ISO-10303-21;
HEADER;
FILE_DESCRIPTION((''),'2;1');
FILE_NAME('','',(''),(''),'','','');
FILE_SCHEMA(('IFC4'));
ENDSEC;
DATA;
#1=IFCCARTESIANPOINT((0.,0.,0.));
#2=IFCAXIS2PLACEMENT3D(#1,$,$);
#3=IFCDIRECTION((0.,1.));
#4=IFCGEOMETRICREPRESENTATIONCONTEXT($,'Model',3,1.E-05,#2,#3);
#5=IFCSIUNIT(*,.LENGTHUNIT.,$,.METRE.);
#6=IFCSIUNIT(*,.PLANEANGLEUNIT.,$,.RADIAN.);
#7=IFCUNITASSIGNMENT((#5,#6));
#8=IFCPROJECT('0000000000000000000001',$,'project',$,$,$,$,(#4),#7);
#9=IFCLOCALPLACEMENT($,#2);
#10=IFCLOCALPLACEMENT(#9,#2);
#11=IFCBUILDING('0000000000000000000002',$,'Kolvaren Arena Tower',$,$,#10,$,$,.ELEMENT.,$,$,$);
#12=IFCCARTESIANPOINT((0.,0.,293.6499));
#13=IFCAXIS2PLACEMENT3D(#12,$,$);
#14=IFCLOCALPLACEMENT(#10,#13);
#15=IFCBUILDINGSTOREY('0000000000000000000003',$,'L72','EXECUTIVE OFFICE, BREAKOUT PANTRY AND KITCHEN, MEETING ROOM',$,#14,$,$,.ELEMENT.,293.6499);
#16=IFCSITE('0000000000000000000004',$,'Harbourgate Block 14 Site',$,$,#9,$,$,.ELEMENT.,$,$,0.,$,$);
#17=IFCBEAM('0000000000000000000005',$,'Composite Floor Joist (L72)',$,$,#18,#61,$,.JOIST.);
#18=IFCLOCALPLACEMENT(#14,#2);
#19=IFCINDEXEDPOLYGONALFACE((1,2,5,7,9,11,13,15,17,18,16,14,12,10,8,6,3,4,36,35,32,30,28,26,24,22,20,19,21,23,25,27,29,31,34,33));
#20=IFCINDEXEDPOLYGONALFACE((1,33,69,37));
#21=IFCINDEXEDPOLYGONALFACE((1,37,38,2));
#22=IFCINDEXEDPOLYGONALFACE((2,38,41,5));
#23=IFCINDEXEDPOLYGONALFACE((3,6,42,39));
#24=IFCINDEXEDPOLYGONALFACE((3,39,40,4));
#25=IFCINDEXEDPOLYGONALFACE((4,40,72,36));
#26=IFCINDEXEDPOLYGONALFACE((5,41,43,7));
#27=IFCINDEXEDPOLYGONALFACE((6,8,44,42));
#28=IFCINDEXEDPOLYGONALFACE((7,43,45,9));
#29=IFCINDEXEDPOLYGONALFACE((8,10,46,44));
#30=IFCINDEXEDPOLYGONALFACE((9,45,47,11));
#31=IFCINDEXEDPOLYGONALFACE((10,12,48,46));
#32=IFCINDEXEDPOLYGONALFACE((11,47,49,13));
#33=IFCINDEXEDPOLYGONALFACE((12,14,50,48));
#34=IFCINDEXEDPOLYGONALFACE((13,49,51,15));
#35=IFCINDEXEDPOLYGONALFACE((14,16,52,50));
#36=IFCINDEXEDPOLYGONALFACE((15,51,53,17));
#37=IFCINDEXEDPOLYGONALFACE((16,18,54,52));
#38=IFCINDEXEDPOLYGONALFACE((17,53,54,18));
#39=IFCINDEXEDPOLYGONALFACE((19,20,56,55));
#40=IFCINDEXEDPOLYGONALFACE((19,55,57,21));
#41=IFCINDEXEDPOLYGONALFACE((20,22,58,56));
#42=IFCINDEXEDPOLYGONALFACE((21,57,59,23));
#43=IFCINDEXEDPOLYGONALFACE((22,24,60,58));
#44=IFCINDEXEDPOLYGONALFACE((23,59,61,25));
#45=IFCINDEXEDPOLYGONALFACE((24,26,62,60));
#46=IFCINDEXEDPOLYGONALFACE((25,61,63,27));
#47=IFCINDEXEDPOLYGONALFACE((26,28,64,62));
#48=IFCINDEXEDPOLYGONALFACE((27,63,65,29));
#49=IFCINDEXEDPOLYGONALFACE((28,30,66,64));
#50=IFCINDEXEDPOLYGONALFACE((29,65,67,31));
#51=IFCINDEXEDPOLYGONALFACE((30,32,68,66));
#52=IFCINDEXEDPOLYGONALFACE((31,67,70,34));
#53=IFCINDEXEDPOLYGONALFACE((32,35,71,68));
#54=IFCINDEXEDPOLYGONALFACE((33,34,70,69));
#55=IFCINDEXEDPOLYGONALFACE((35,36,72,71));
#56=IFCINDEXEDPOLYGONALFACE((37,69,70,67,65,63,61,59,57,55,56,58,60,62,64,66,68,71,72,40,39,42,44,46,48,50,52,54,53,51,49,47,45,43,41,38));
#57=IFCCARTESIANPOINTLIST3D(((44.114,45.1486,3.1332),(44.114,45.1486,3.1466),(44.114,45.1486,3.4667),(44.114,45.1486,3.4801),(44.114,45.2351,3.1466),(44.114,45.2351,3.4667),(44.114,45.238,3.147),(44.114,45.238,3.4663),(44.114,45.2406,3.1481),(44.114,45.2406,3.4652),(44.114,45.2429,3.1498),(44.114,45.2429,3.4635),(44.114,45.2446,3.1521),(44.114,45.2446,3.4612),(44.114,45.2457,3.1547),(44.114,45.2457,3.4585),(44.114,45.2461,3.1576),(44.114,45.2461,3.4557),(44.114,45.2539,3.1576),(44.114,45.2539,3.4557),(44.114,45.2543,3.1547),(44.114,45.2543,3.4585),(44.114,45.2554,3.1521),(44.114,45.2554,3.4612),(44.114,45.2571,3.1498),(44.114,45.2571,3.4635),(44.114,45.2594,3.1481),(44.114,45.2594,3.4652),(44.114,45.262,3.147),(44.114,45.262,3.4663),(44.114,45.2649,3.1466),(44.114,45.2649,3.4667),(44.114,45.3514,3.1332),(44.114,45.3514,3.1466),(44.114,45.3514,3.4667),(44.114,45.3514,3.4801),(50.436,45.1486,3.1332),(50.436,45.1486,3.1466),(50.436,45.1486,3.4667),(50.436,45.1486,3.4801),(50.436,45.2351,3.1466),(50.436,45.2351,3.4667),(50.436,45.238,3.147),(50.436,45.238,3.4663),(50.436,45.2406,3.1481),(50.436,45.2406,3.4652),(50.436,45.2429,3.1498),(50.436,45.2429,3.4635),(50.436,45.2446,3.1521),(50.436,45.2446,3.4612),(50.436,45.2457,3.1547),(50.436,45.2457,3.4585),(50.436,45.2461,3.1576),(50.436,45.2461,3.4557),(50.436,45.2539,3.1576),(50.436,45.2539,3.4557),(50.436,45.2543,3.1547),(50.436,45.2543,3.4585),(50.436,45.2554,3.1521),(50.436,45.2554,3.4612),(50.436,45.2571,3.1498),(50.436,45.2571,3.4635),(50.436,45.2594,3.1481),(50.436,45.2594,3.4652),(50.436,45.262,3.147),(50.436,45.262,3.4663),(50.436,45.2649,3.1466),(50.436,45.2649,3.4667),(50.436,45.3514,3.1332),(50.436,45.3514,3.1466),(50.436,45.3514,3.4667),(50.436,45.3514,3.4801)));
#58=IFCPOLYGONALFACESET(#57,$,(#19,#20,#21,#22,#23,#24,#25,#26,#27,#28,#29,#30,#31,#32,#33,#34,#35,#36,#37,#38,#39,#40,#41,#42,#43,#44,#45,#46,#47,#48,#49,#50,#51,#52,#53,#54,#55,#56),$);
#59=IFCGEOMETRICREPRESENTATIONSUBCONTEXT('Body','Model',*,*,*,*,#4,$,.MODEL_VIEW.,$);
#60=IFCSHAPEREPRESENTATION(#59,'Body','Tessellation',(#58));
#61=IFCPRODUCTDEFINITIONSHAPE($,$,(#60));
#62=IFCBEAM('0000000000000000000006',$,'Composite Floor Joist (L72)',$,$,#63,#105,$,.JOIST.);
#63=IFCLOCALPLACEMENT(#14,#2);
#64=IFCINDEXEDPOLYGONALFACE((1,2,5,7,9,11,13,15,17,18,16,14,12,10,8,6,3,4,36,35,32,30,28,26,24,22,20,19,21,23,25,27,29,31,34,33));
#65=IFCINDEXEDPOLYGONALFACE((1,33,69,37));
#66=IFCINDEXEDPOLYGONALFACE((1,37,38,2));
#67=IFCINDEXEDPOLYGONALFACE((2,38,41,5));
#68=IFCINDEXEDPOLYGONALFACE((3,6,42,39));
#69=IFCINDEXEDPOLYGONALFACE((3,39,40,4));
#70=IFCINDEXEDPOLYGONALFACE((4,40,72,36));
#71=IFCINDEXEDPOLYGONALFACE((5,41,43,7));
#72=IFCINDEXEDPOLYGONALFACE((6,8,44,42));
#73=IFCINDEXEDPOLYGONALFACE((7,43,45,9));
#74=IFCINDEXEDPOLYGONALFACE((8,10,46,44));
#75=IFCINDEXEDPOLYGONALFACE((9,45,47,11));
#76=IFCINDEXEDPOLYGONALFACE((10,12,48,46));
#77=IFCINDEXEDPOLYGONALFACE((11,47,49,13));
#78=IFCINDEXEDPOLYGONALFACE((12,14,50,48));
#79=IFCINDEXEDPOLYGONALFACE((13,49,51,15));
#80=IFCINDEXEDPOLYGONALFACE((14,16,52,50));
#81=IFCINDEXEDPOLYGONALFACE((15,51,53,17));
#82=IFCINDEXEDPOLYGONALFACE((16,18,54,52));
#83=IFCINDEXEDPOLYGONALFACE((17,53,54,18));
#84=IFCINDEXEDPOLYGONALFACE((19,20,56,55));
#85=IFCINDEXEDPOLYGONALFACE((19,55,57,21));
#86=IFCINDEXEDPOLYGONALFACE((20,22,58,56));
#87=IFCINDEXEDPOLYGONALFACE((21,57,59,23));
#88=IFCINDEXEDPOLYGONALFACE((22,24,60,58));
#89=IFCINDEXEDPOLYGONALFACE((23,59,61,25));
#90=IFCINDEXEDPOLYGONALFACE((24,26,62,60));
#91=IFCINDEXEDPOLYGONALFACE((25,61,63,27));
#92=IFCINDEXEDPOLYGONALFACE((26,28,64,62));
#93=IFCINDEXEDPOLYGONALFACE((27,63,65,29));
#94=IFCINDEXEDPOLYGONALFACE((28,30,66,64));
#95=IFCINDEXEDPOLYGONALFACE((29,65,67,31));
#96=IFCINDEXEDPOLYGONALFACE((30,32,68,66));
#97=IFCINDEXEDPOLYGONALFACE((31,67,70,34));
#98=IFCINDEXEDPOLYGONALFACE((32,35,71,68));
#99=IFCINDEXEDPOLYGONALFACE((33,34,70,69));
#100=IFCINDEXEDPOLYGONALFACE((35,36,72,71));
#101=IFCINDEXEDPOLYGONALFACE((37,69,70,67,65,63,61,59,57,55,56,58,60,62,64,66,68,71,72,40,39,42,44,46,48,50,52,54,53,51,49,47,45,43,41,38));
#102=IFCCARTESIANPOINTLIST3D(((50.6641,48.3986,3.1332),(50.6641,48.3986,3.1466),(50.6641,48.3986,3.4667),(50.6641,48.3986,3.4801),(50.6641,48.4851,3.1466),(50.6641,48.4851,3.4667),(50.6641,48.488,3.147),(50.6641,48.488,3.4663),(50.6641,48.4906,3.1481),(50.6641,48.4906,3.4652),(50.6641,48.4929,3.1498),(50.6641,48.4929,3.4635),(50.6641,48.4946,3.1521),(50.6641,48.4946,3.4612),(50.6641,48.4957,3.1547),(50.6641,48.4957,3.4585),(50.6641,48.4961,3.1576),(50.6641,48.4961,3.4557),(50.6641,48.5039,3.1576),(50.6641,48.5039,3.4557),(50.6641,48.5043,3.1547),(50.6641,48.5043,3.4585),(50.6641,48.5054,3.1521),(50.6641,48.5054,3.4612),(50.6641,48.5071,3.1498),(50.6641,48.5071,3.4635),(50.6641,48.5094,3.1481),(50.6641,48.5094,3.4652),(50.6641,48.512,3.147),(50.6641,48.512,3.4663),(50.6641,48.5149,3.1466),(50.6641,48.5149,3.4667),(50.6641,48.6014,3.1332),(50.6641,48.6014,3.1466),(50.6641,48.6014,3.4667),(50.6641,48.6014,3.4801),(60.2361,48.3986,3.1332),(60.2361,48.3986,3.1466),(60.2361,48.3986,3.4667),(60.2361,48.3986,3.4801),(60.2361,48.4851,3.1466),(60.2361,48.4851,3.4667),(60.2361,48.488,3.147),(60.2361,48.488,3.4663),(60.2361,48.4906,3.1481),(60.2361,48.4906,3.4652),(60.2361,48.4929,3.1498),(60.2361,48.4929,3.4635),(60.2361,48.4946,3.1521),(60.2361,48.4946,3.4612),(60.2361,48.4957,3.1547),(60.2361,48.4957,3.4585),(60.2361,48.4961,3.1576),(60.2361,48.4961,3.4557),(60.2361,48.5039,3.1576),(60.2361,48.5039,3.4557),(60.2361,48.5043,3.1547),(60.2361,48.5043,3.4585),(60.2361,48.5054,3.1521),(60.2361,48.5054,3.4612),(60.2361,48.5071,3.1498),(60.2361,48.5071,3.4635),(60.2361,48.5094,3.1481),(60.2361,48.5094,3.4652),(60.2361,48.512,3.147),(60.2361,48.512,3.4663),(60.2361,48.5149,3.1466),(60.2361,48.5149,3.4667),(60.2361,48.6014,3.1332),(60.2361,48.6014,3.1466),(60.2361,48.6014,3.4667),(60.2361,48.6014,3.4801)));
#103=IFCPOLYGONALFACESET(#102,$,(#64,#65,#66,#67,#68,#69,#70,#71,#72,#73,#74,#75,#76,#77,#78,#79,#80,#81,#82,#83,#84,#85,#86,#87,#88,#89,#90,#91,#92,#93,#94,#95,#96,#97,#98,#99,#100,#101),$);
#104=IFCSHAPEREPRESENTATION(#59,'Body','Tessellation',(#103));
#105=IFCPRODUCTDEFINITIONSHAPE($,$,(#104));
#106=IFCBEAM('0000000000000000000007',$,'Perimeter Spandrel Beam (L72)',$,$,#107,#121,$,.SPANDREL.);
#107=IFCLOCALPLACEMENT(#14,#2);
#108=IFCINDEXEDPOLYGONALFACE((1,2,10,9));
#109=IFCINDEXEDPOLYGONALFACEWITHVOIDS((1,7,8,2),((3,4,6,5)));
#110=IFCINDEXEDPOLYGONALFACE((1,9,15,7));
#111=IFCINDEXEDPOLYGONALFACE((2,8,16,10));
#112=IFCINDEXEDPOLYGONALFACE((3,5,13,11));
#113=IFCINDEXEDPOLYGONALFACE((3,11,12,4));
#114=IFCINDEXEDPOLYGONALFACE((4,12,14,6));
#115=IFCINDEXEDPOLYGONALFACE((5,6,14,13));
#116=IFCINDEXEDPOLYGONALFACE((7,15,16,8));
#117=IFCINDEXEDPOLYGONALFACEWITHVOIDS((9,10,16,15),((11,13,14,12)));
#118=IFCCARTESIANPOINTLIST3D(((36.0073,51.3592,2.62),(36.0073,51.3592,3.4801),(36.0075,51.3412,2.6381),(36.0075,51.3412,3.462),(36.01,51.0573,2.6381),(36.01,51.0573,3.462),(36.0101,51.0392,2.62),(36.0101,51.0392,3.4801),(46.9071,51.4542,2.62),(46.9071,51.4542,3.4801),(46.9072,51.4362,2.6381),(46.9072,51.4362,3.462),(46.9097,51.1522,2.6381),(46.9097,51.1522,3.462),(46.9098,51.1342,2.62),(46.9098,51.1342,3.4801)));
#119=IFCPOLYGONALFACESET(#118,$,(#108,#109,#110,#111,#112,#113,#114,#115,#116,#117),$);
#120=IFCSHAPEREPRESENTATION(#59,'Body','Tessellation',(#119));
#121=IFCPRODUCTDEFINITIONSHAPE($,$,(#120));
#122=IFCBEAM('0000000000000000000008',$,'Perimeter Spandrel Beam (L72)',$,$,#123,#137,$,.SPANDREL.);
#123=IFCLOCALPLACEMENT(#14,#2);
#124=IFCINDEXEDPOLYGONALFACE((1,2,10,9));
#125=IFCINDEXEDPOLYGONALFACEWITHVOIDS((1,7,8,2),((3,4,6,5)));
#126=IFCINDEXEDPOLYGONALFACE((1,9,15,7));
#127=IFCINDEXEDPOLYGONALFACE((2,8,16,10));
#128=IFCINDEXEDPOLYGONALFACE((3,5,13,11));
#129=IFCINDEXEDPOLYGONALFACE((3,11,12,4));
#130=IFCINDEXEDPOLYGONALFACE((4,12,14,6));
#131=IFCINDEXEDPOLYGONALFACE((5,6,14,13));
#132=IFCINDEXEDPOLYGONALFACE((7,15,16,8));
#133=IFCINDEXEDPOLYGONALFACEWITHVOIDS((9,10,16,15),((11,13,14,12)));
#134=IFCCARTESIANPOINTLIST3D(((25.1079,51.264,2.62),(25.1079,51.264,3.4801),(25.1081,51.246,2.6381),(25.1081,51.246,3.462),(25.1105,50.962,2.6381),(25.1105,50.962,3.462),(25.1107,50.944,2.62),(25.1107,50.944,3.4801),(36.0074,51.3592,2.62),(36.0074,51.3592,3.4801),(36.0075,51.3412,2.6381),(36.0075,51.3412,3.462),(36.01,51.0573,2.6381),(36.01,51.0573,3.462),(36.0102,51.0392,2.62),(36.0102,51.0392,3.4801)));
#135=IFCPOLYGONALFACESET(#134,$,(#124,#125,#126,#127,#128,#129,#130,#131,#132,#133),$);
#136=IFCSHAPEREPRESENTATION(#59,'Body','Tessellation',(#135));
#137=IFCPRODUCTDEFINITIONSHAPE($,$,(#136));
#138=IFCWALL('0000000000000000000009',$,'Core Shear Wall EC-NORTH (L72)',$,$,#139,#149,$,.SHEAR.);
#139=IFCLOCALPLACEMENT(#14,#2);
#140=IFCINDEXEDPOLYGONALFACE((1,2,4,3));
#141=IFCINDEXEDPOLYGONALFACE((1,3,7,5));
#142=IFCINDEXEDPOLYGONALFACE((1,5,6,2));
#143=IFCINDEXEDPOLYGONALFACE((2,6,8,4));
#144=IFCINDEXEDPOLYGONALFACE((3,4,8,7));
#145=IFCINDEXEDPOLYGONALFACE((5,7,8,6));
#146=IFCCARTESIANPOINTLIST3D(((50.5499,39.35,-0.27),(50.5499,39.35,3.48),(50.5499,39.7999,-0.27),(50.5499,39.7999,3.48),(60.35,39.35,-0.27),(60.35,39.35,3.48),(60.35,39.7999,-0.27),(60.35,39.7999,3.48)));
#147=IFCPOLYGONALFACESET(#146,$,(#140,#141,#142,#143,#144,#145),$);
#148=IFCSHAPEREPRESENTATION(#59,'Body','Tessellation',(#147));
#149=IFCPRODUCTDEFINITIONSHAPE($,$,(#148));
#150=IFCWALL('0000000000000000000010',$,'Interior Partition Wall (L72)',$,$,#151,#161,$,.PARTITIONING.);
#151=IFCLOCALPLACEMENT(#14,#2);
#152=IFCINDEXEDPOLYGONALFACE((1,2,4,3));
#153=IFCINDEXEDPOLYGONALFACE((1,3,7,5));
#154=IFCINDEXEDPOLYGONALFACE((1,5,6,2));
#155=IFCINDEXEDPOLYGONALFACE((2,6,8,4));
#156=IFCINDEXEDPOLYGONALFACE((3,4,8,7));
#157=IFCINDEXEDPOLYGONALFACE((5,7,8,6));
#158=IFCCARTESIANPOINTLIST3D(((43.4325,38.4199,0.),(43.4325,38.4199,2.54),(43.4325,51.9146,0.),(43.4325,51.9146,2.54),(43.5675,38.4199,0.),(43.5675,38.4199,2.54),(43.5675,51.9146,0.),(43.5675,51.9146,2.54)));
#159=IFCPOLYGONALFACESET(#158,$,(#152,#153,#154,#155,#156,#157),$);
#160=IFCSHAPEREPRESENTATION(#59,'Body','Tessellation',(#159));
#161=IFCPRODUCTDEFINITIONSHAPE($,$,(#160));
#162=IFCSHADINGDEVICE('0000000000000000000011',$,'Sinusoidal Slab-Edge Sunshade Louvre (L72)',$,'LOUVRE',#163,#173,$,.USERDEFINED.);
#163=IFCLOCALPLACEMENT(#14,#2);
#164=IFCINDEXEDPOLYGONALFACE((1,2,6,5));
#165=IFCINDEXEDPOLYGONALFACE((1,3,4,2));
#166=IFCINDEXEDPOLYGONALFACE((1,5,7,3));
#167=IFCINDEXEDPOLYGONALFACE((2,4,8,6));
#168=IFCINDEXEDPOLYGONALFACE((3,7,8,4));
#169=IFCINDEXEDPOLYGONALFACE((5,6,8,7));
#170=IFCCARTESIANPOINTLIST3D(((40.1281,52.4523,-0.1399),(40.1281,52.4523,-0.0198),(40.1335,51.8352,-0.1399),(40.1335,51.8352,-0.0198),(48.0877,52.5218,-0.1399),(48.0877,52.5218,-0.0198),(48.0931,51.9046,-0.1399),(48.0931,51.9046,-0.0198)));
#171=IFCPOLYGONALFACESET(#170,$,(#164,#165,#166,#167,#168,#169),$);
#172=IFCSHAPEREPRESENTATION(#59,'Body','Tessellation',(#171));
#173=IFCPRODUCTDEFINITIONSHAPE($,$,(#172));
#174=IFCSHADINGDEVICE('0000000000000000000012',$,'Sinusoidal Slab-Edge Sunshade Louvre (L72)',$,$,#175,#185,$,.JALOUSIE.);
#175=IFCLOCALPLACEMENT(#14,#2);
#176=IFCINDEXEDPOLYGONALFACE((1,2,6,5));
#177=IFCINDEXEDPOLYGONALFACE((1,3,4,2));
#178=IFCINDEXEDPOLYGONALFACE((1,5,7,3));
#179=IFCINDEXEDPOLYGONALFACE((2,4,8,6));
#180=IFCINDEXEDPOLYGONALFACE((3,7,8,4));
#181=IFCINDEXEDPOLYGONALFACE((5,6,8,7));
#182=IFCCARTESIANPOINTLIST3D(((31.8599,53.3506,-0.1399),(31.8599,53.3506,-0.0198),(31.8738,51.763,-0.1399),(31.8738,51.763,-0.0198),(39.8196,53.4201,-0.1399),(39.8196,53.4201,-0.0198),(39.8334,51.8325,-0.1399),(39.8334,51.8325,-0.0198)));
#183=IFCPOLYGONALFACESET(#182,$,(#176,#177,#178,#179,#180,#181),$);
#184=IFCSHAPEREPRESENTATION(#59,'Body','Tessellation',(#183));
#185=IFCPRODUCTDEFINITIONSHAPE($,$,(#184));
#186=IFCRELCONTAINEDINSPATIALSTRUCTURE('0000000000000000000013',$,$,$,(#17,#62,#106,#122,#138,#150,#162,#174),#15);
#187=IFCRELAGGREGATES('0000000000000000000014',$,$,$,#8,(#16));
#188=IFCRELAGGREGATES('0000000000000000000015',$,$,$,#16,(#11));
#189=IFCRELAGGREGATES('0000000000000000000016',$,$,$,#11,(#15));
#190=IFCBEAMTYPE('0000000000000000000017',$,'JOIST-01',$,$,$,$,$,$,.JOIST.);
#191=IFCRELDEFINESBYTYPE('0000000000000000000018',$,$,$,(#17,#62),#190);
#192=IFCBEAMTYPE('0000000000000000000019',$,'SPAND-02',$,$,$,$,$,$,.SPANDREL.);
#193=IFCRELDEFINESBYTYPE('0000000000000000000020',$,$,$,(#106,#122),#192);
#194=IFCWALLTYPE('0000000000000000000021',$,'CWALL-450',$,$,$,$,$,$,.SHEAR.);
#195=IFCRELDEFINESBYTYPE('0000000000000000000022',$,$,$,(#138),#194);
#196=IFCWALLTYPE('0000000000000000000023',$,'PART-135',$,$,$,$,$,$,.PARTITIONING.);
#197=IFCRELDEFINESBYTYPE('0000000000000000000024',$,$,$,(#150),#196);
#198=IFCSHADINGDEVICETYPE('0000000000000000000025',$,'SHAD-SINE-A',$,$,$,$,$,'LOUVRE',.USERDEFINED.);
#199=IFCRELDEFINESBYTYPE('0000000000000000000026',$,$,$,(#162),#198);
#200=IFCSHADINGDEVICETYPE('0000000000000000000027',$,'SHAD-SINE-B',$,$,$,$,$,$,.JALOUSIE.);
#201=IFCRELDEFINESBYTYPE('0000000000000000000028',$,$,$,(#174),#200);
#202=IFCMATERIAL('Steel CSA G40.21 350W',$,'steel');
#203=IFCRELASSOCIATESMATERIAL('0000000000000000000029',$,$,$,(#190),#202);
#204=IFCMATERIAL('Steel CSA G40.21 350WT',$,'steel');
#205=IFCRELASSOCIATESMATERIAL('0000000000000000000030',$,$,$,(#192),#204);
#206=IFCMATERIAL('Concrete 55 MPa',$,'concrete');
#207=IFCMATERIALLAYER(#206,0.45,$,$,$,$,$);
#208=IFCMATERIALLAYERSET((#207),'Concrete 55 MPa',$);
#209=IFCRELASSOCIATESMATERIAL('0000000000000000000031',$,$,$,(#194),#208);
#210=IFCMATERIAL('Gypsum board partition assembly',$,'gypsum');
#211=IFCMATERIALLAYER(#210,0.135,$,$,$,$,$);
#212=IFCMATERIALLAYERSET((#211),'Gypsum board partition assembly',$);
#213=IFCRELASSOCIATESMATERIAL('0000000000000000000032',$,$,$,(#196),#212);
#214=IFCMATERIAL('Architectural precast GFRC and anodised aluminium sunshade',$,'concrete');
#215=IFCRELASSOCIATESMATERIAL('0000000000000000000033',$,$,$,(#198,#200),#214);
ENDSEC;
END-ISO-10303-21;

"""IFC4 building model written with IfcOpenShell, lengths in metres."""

from ifc_helpers import new_model, si_unit, direction, frame, frame_2d, origin, origin_2d, place, context, subcontext, project, spatial, rectangle, hollow_rectangle, i_section, extrude, material, layer, layer_set, material_profile, profile_set, type_object, element, save


model = new_model("IFC4")

# Units and contexts
model_context = context("Model", 3, precision=1e-05, world=origin(), true_north=direction((0.0, 1.0)))
body_context = subcontext(model_context, "Body", "Model", "MODEL_VIEW")
ifc_project = project(units=[si_unit("LENGTHUNIT", "METRE"), si_unit("PLANEANGLEUNIT", "RADIAN")], contexts=[model_context])

# Site, building, storey
site_placement = place(None, origin())
site = spatial("IfcSite", under=ifc_project, at=site_placement, Name="Harbourgate Block 14 Site", CompositionType="ELEMENT", RefElevation=0.0)
building_placement = place(site_placement, origin())
building = spatial("IfcBuilding", under=site, at=building_placement, Name="Kolvaren Arena Tower", CompositionType="ELEMENT")
storey_placement = place(building_placement, frame((0.0, 0.0, 293.6499)))
storey = spatial("IfcBuildingStorey", under=building, at=storey_placement, Name="L72", Description="EXECUTIVE OFFICE, BREAKOUT PANTRY AND KITCHEN, MEETING ROOM", CompositionType="ELEMENT", Elevation=293.6499)

# Beams
ifc_material_1 = material(Name="Steel CSA G40.21 350W", Category="steel")
ifc_material_profile_1 = material_profile(ifc_material_1, i_section(OverallWidth=0.2029, OverallDepth=0.3469, WebThickness=0.0078, FlangeThickness=0.0134, FilletRadius=0.011, at=origin_2d()), Name="W360x64")
ifc_profile_set_1 = profile_set([ifc_material_profile_1], Name="Steel CSA G40.21 350W")
beam_type_1 = type_object("IfcBeamType", Name="JOIST-01", PredefinedType="JOIST", material=ifc_profile_set_1)
beam_1_placement = place(storey_placement, frame((44.114, 45.25, 3.3066), z_axis=(1.0, 0.0, 0.0), x_axis=(0.0, 1.0, 0.0)))
element("IfcBeam", 1, at=beam_1_placement, inside=storey, type_object=beam_type_1, Name="Composite Floor Joist (L72)", PredefinedType="JOIST", context=body_context, shape_type="SweptSolid", body=[
    extrude(i_section(OverallWidth=0.2029, OverallDepth=0.3469, WebThickness=0.0078, FlangeThickness=0.0134, FilletRadius=0.011, at=origin_2d()), origin(), (0.0, 0.0, 1.0), 6.322),
])
beam_2_placement = place(storey_placement, frame((50.6641, 48.5, 3.3066), z_axis=(1.0, 0.0, 0.0), x_axis=(0.0, 1.0, 0.0)))
element("IfcBeam", 2, at=beam_2_placement, inside=storey, type_object=beam_type_1, Name="Composite Floor Joist (L72)", PredefinedType="JOIST", context=body_context, shape_type="SweptSolid", body=[
    extrude(i_section(OverallWidth=0.2029, OverallDepth=0.3469, WebThickness=0.0078, FlangeThickness=0.0134, FilletRadius=0.011, at=origin_2d()), origin(), (0.0, 0.0, 1.0), 9.572),
])
ifc_material_2 = material(Name="Steel CSA G40.21 350WT", Category="steel")
ifc_material_profile_2 = material_profile(ifc_material_2, hollow_rectangle(XDim=0.3201, YDim=0.8601, WallThickness=0.0181, at=origin_2d()), Name="HSS 860x320x18")
ifc_profile_set_2 = profile_set([ifc_material_profile_2], Name="Steel CSA G40.21 350WT")
beam_type_2 = type_object("IfcBeamType", Name="SPAND-02", PredefinedType="SPANDREL", material=ifc_profile_set_2)
beam_3_placement = place(storey_placement, frame((46.9084, 51.2942, 3.05), z_axis=(-0.999962, -0.008713, 0.0), x_axis=(0.008713, -0.999962, 0.0)))
element("IfcBeam", 3, at=beam_3_placement, inside=storey, type_object=beam_type_2, Name="Perimeter Spandrel Beam (L72)", PredefinedType="SPANDREL", context=body_context, shape_type="SweptSolid", body=[
    extrude(hollow_rectangle(XDim=0.3201, YDim=0.8601, WallThickness=0.0181, at=origin_2d()), origin(), (0.0, 0.0, 1.0), 10.9001),
])
beam_4_placement = place(storey_placement, frame((36.0088, 51.1992, 3.05), z_axis=(-0.999962, -0.008735, 0.0), x_axis=(0.008735, -0.999962, 0.0)))
element("IfcBeam", 4, at=beam_4_placement, inside=storey, type_object=beam_type_2, Name="Perimeter Spandrel Beam (L72)", PredefinedType="SPANDREL", context=body_context, shape_type="SweptSolid", body=[
    extrude(hollow_rectangle(XDim=0.3201, YDim=0.8601, WallThickness=0.0181, at=origin_2d()), origin(), (0.0, 0.0, 1.0), 10.8999),
])

# Walls
ifc_material_3 = material(Name="Concrete 55 MPa", Category="concrete")
ifc_layer_1 = layer(ifc_material_3, 0.45)
ifc_layer_set_1 = layer_set([ifc_layer_1], Name="Concrete 55 MPa")
wall_type_1 = type_object("IfcWallType", Name="CWALL-450", PredefinedType="SHEAR", material=ifc_layer_set_1)
wall_1_placement = place(storey_placement, frame((50.55, 39.575, -0.27), z_axis=(0.0, 0.0, 1.0), x_axis=(1.0, 0.0, 0.0)))
element("IfcWall", 5, at=wall_1_placement, inside=storey, type_object=wall_type_1, Name="Core Shear Wall EC-NORTH (L72)", PredefinedType="SHEAR", context=body_context, shape_type="SweptSolid", body=[
    extrude(rectangle(XDim=9.8, YDim=0.45, at=frame_2d((4.8999, 0.0))), origin(), (0.0, 0.0, 1.0), 3.75),
])
ifc_material_4 = material(Name="Gypsum board partition assembly", Category="gypsum")
ifc_layer_2 = layer(ifc_material_4, 0.135)
ifc_layer_set_2 = layer_set([ifc_layer_2], Name="Gypsum board partition assembly")
wall_type_2 = type_object("IfcWallType", Name="PART-135", PredefinedType="PARTITIONING", material=ifc_layer_set_2)
wall_2_placement = place(storey_placement, frame((43.5, 38.4199, 0.0), z_axis=(0.0, 0.0, 1.0), x_axis=(0.0, 1.0, 0.0)))
element("IfcWall", 6, at=wall_2_placement, inside=storey, type_object=wall_type_2, Name="Interior Partition Wall (L72)", PredefinedType="PARTITIONING", context=body_context, shape_type="SweptSolid", body=[
    extrude(rectangle(XDim=13.4946, YDim=0.135, at=frame_2d((6.7473, 0.0))), origin(), (0.0, 0.0, 1.0), 2.54),
])

# Shading devices
ifc_material_5 = material(Name="Architectural precast GFRC and anodised aluminium sunshade", Category="concrete")
shading_device_type_1 = type_object("IfcShadingDeviceType", Name="SHAD-SINE-A", ElementType="LOUVRE", PredefinedType="USERDEFINED", material=ifc_material_5)
shading_device_1_placement = place(storey_placement, frame((44.1106, 52.1785, -0.1399), z_axis=(0.0, 0.0, 1.0), x_axis=(0.999962, 0.008727, 0.0)))
element("IfcShadingDevice", 7, at=shading_device_1_placement, inside=storey, type_object=shading_device_type_1, Name="Sinusoidal Slab-Edge Sunshade Louvre (L72)", ObjectType="LOUVRE", PredefinedType="USERDEFINED", context=body_context, shape_type="SweptSolid", body=[
    extrude(rectangle(XDim=7.96, YDim=0.6172, at=origin_2d()), origin(), (0.0, 0.0, 1.0), 0.1201),
])
shading_device_type_2 = type_object("IfcShadingDeviceType", Name="SHAD-SINE-B", PredefinedType="JALOUSIE", material=ifc_material_5)
shading_device_2_placement = place(storey_placement, frame((35.8467, 52.5916, -0.1399), z_axis=(0.0, 0.0, 1.0), x_axis=(0.999962, 0.008727, 0.0)))
element("IfcShadingDevice", 8, at=shading_device_2_placement, inside=storey, type_object=shading_device_type_2, Name="Sinusoidal Slab-Edge Sunshade Louvre (L72)", PredefinedType="JALOUSIE", context=body_context, shape_type="SweptSolid", body=[
    extrude(rectangle(XDim=7.96, YDim=1.5876, at=origin_2d()), origin(), (0.0, 0.0, 1.0), 0.1201),
])

save(model, "model.ifc")
